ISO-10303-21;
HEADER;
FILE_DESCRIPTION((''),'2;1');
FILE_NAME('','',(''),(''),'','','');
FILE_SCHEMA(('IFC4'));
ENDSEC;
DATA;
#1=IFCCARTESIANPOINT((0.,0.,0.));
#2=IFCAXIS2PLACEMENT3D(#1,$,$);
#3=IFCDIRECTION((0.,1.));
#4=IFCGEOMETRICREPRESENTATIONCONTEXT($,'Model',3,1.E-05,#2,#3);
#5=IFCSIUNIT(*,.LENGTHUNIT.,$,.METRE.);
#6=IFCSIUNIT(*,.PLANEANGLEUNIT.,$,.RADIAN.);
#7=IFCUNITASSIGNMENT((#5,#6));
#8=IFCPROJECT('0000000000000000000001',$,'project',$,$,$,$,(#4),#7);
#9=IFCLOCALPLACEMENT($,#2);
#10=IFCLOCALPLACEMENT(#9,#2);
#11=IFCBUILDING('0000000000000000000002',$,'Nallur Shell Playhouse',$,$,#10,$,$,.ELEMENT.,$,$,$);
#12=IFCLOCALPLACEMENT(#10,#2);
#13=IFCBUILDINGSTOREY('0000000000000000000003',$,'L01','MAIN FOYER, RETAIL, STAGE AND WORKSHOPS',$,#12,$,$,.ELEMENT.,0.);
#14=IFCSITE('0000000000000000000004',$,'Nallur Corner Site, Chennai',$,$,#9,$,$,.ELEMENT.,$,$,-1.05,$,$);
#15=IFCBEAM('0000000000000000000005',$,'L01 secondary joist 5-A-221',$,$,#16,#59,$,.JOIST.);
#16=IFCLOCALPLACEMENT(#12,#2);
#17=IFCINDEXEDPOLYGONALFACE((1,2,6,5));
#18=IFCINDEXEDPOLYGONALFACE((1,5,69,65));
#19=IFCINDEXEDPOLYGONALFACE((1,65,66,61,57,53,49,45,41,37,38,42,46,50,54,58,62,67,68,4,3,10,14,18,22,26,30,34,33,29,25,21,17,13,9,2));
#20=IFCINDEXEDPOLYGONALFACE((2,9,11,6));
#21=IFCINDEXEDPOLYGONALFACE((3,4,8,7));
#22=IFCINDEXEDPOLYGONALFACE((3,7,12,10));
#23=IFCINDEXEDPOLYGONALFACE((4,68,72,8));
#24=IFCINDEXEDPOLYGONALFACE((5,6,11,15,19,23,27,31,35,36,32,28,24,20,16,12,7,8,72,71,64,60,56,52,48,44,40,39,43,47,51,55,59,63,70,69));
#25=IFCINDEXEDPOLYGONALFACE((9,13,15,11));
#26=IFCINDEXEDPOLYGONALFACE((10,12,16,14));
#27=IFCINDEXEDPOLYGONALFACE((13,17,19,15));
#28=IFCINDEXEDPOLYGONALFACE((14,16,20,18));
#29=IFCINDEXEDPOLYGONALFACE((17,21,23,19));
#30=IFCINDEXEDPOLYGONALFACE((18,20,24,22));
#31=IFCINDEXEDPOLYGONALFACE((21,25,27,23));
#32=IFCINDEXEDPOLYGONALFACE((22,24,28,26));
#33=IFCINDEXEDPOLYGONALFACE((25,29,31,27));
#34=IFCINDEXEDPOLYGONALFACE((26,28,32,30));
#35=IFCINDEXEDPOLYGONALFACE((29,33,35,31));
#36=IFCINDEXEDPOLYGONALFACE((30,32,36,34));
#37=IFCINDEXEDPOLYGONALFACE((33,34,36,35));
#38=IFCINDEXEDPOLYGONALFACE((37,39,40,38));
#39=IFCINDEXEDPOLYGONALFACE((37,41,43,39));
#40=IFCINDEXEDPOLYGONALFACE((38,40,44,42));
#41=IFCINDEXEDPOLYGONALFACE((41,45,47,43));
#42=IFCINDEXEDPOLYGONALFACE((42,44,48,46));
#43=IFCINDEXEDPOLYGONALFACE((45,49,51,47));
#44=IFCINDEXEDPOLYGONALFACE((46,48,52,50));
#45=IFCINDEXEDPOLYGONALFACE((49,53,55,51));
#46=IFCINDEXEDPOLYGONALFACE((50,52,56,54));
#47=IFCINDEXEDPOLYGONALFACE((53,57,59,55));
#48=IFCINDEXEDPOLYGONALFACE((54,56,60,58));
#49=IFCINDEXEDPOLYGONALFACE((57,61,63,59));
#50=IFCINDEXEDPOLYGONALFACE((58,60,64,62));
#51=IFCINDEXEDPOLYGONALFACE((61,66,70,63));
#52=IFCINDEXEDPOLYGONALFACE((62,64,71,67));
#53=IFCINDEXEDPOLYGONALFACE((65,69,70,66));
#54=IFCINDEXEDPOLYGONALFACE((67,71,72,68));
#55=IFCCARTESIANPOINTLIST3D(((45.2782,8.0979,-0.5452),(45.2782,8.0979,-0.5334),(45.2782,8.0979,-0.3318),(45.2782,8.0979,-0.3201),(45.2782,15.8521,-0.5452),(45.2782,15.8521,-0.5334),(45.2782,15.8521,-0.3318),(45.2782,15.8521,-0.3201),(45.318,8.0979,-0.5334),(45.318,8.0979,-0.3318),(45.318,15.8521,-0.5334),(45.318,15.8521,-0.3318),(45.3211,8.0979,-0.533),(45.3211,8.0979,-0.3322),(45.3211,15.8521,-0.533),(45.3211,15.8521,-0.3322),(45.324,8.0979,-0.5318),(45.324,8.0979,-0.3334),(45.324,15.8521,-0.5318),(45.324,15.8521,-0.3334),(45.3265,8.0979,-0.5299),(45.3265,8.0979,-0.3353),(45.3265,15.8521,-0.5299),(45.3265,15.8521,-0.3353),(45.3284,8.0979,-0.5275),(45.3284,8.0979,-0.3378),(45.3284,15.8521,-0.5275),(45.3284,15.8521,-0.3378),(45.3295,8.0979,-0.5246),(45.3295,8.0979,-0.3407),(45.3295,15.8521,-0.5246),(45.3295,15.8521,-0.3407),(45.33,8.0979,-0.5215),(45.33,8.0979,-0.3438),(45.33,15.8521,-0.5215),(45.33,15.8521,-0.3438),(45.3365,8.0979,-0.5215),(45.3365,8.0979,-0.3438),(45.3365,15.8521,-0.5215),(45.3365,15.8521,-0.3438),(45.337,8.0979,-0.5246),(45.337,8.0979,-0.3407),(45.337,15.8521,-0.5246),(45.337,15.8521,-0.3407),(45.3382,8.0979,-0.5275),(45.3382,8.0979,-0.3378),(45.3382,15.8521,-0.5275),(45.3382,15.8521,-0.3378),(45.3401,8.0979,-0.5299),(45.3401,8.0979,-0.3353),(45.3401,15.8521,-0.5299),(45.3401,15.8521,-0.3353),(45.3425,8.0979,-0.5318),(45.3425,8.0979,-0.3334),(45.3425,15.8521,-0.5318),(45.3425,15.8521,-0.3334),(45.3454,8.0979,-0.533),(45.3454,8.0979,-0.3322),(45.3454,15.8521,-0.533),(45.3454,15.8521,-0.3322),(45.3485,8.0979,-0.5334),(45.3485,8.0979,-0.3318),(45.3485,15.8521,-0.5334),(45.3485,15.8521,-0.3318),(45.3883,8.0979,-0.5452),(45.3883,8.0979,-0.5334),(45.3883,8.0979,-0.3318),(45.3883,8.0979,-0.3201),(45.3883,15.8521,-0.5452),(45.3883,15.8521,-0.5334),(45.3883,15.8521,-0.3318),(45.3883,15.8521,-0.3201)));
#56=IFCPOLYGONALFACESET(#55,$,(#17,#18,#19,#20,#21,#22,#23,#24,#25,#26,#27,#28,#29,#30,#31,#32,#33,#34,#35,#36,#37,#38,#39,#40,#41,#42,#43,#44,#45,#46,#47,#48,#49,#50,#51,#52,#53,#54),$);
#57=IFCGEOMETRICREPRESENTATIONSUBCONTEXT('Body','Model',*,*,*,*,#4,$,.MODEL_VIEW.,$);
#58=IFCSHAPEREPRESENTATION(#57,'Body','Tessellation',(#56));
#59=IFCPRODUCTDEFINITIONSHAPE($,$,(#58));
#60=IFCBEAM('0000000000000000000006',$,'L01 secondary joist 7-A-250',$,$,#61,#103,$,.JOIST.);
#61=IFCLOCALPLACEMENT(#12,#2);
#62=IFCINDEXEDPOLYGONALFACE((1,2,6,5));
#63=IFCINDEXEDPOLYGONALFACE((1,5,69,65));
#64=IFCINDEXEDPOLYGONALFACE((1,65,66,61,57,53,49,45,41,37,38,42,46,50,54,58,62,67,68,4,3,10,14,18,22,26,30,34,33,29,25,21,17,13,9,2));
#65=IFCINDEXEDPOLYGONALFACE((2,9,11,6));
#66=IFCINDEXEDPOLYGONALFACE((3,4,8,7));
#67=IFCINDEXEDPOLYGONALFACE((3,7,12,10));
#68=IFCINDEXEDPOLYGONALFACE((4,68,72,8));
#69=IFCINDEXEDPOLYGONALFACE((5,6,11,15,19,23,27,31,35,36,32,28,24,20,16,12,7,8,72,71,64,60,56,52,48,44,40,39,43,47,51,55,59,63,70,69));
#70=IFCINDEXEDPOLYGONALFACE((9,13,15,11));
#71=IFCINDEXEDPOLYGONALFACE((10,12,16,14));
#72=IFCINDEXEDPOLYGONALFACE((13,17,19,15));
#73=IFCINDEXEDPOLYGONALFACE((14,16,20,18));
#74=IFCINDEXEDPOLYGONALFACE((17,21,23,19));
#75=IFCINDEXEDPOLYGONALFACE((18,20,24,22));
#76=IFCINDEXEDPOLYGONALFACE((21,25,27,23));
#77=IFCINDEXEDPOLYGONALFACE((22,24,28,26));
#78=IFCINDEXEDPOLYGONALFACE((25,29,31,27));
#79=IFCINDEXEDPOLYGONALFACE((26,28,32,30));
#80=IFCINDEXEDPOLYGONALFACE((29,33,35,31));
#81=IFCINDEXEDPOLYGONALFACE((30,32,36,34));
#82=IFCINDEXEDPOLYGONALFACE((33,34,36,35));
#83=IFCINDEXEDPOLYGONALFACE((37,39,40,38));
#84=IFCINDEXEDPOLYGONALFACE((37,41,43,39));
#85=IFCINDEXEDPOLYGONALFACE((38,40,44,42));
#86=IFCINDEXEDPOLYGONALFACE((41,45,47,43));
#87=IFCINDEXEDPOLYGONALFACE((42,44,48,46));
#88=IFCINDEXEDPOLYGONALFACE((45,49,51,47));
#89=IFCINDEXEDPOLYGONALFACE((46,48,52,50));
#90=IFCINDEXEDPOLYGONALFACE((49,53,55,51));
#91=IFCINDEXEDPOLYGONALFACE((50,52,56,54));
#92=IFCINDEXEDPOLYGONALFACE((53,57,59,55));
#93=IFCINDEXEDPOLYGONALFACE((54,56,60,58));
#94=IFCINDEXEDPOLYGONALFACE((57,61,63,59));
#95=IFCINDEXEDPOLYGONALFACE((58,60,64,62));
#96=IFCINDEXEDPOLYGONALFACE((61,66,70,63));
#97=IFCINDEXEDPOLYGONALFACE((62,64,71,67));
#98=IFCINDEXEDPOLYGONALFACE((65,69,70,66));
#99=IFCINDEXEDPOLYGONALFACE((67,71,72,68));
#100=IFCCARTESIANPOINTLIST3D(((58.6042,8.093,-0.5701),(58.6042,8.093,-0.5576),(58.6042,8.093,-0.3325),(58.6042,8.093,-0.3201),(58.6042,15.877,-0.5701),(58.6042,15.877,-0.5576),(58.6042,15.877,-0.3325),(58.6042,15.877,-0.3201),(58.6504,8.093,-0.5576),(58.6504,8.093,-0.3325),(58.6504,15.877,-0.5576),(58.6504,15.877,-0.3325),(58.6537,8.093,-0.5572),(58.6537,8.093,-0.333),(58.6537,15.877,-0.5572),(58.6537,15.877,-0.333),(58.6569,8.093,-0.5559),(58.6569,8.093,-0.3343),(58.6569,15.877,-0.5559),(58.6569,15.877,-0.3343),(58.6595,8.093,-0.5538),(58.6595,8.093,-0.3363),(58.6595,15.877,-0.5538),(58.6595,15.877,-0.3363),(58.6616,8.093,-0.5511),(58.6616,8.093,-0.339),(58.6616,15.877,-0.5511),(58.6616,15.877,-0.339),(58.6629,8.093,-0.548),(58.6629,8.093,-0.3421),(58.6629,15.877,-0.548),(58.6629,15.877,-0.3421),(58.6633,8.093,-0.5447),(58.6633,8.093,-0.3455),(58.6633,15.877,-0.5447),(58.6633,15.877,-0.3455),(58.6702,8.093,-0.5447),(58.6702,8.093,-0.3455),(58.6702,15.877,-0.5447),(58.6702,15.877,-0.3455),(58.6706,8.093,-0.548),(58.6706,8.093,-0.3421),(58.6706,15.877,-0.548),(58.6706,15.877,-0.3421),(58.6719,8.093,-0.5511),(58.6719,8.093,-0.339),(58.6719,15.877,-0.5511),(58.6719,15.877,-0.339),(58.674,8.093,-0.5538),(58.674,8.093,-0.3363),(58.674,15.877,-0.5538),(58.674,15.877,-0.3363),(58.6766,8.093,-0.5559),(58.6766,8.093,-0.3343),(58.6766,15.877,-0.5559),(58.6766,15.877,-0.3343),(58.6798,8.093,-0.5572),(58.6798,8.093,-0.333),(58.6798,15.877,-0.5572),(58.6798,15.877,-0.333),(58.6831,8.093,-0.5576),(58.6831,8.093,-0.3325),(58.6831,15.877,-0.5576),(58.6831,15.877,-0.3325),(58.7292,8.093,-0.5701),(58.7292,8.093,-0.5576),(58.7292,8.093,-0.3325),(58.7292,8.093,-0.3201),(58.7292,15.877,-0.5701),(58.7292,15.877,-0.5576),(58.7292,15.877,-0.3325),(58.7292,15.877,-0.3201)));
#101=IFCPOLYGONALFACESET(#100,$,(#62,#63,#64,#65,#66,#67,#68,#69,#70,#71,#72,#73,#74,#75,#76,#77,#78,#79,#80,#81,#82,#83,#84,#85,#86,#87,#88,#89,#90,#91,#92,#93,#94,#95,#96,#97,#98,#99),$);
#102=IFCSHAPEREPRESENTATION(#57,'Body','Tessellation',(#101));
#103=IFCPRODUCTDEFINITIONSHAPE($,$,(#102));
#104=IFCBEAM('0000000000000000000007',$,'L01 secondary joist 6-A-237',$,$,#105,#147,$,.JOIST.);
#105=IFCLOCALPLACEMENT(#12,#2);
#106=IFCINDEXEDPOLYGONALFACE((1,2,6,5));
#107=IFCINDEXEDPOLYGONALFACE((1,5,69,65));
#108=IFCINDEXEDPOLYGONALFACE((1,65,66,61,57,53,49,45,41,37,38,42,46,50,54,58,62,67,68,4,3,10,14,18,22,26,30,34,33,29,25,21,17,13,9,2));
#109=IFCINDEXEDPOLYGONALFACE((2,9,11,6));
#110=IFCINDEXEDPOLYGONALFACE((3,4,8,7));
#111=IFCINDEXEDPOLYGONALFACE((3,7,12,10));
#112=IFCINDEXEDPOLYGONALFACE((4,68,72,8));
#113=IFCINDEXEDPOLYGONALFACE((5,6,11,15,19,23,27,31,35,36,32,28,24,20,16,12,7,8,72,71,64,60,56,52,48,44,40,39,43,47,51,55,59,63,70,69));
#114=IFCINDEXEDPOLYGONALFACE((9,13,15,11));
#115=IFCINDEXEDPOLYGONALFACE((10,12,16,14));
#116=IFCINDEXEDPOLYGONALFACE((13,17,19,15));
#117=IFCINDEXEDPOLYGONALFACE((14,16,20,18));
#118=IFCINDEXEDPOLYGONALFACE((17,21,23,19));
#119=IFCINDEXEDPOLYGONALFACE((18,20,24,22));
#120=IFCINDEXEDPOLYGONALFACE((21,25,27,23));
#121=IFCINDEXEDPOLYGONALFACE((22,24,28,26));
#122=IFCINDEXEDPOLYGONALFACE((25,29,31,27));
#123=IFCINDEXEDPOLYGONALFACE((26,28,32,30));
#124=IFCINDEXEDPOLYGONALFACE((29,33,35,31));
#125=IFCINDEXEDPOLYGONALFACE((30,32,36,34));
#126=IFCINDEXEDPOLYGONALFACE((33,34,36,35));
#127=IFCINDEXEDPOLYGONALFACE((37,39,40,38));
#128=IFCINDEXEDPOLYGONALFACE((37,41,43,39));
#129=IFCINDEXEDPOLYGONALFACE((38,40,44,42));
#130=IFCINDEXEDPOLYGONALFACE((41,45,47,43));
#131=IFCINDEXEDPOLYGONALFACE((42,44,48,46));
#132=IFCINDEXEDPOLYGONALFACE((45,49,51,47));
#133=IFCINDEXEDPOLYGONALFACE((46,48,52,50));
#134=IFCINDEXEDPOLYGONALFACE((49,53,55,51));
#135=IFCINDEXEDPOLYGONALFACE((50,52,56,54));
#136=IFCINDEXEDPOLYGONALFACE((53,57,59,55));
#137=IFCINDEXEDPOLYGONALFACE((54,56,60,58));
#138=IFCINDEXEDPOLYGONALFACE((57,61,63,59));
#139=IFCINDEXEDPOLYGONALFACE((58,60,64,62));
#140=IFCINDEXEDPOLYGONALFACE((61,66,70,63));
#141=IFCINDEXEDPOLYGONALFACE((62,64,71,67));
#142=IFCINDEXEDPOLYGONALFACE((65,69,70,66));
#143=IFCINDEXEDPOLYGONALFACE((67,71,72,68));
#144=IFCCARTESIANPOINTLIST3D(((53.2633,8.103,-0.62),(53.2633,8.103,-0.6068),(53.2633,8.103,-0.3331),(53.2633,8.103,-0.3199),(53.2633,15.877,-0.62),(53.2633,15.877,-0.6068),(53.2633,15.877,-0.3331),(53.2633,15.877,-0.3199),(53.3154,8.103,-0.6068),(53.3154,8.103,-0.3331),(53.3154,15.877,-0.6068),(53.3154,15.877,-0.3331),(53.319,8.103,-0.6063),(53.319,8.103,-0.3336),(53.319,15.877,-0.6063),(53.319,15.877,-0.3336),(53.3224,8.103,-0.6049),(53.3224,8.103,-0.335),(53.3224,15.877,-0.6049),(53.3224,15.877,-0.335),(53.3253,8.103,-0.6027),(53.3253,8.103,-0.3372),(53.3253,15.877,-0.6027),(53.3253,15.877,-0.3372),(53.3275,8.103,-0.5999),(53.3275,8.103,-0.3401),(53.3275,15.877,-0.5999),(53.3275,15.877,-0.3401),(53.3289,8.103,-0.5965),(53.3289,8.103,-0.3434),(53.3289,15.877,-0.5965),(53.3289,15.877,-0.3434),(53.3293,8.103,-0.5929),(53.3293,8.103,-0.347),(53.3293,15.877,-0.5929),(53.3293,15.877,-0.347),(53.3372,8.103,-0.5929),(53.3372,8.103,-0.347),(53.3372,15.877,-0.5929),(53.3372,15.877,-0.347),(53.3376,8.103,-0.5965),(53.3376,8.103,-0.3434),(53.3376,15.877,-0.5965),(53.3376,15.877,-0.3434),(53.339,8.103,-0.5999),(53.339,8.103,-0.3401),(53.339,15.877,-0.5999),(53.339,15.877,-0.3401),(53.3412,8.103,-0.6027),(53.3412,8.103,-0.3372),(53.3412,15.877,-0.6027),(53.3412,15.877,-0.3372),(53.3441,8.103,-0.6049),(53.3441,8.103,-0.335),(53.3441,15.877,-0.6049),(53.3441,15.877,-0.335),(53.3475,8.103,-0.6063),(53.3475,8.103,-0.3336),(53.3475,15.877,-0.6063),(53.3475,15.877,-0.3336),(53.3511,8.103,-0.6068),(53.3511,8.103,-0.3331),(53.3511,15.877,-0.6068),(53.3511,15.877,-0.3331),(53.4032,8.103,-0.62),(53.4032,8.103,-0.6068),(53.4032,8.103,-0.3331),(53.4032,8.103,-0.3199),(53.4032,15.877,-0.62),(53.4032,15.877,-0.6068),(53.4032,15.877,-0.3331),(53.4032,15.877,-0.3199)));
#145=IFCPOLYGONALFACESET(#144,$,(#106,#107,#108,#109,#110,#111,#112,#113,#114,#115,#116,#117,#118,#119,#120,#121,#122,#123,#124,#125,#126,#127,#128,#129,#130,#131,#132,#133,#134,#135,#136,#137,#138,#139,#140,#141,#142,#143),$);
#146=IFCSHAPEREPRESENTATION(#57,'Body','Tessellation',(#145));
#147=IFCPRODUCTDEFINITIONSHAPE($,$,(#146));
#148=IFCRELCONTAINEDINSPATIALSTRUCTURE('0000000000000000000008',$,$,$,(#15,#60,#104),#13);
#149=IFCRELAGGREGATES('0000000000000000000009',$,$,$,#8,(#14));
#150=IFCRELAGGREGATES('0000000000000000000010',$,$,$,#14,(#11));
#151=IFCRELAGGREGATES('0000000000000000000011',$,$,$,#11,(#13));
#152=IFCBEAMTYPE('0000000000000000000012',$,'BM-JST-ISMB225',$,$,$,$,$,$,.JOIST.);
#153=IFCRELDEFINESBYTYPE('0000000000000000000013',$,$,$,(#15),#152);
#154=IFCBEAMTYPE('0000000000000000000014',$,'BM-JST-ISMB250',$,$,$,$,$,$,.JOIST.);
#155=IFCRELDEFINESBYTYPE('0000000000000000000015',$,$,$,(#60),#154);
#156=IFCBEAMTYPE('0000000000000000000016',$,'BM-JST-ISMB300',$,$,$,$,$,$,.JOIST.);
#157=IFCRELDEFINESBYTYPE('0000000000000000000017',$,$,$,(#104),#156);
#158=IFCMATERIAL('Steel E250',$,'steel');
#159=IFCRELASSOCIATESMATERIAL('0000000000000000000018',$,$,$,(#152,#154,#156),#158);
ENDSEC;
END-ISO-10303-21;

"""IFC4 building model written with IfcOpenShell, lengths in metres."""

from ifc_helpers import new_model, si_unit, direction, frame, origin, origin_2d, place, context, subcontext, project, spatial, i_section, extrude, material, material_profile, profile_set, type_object, element, save


model = new_model("IFC4")

# Units and contexts
model_context = context("Model", 3, precision=1e-05, world=origin(), true_north=direction((0.0, 1.0)))
body_context = subcontext(model_context, "Body", "Model", "MODEL_VIEW")
ifc_project = project(units=[si_unit("LENGTHUNIT", "METRE"), si_unit("PLANEANGLEUNIT", "RADIAN")], contexts=[model_context])

# Site, building, storey
site_placement = place(None, origin())
site = spatial("IfcSite", under=ifc_project, at=site_placement, Name="Nallur Corner Site, Chennai", CompositionType="ELEMENT", RefElevation=-1.05)
building_placement = place(site_placement, origin())
building = spatial("IfcBuilding", under=site, at=building_placement, Name="Nallur Shell Playhouse", CompositionType="ELEMENT")
storey_placement = place(building_placement, origin())
storey = spatial("IfcBuildingStorey", under=building, at=storey_placement, Name="L01", Description="MAIN FOYER, RETAIL, STAGE AND WORKSHOPS", CompositionType="ELEMENT", Elevation=0.0)

# Beams
ifc_material_1 = material(Name="Steel E250", Category="steel")
ifc_material_profile_1 = material_profile(ifc_material_1, i_section(OverallWidth=0.1101, OverallDepth=0.2251, WebThickness=0.0066, FlangeThickness=0.0117, FilletRadius=0.012, at=origin_2d()), Name="ISMB 225")
ifc_profile_set_1 = profile_set([ifc_material_profile_1], Name="Steel E250")
beam_type_1 = type_object("IfcBeamType", Name="BM-JST-ISMB225", PredefinedType="JOIST", material=ifc_profile_set_1)
beam_1_placement = place(storey_placement, frame((45.3333, 8.0979, -0.4326), z_axis=(0.0, 1.0, 0.0), x_axis=(-1.0, 0.0, 0.0)))
element("IfcBeam", 1, at=beam_1_placement, inside=storey, type_object=beam_type_1, Name="L01 secondary joist 5-A-221", PredefinedType="JOIST", context=body_context, shape_type="SweptSolid", body=[
    extrude(i_section(OverallWidth=0.1101, OverallDepth=0.2251, WebThickness=0.0066, FlangeThickness=0.0117, FilletRadius=0.012, at=origin_2d()), origin(), (0.0, 0.0, 1.0), 7.7542),
])
ifc_material_profile_2 = material_profile(ifc_material_1, i_section(OverallWidth=0.125, OverallDepth=0.25, WebThickness=0.0068, FlangeThickness=0.0125, FilletRadius=0.0129, at=origin_2d()), Name="ISMB 250")
ifc_profile_set_2 = profile_set([ifc_material_profile_2], Name="Steel E250")
beam_type_2 = type_object("IfcBeamType", Name="BM-JST-ISMB250", PredefinedType="JOIST", material=ifc_profile_set_2)
beam_2_placement = place(storey_placement, frame((58.6667, 8.093, -0.4451), z_axis=(0.0, 1.0, 0.0), x_axis=(-1.0, 0.0, 0.0)))
element("IfcBeam", 2, at=beam_2_placement, inside=storey, type_object=beam_type_2, Name="L01 secondary joist 7-A-250", PredefinedType="JOIST", context=body_context, shape_type="SweptSolid", body=[
    extrude(i_section(OverallWidth=0.125, OverallDepth=0.25, WebThickness=0.0068, FlangeThickness=0.0125, FilletRadius=0.0129, at=origin_2d()), origin(), (0.0, 0.0, 1.0), 7.7839),
])
ifc_material_profile_3 = material_profile(ifc_material_1, i_section(OverallWidth=0.1399, OverallDepth=0.3, WebThickness=0.0078, FlangeThickness=0.0132, FilletRadius=0.0139, at=origin_2d()), Name="ISMB 300")
ifc_profile_set_3 = profile_set([ifc_material_profile_3], Name="Steel E250")
beam_type_3 = type_object("IfcBeamType", Name="BM-JST-ISMB300", PredefinedType="JOIST", material=ifc_profile_set_3)
beam_3_placement = place(storey_placement, frame((53.3333, 8.103, -0.47), z_axis=(0.0, 1.0, 0.0), x_axis=(-1.0, 0.0, 0.0)))
element("IfcBeam", 3, at=beam_3_placement, inside=storey, type_object=beam_type_3, Name="L01 secondary joist 6-A-237", PredefinedType="JOIST", context=body_context, shape_type="SweptSolid", body=[
    extrude(i_section(OverallWidth=0.1399, OverallDepth=0.3, WebThickness=0.0078, FlangeThickness=0.0132, FilletRadius=0.0139, at=origin_2d()), origin(), (0.0, 0.0, 1.0), 7.7739),
])

save(model, "model.ifc")
